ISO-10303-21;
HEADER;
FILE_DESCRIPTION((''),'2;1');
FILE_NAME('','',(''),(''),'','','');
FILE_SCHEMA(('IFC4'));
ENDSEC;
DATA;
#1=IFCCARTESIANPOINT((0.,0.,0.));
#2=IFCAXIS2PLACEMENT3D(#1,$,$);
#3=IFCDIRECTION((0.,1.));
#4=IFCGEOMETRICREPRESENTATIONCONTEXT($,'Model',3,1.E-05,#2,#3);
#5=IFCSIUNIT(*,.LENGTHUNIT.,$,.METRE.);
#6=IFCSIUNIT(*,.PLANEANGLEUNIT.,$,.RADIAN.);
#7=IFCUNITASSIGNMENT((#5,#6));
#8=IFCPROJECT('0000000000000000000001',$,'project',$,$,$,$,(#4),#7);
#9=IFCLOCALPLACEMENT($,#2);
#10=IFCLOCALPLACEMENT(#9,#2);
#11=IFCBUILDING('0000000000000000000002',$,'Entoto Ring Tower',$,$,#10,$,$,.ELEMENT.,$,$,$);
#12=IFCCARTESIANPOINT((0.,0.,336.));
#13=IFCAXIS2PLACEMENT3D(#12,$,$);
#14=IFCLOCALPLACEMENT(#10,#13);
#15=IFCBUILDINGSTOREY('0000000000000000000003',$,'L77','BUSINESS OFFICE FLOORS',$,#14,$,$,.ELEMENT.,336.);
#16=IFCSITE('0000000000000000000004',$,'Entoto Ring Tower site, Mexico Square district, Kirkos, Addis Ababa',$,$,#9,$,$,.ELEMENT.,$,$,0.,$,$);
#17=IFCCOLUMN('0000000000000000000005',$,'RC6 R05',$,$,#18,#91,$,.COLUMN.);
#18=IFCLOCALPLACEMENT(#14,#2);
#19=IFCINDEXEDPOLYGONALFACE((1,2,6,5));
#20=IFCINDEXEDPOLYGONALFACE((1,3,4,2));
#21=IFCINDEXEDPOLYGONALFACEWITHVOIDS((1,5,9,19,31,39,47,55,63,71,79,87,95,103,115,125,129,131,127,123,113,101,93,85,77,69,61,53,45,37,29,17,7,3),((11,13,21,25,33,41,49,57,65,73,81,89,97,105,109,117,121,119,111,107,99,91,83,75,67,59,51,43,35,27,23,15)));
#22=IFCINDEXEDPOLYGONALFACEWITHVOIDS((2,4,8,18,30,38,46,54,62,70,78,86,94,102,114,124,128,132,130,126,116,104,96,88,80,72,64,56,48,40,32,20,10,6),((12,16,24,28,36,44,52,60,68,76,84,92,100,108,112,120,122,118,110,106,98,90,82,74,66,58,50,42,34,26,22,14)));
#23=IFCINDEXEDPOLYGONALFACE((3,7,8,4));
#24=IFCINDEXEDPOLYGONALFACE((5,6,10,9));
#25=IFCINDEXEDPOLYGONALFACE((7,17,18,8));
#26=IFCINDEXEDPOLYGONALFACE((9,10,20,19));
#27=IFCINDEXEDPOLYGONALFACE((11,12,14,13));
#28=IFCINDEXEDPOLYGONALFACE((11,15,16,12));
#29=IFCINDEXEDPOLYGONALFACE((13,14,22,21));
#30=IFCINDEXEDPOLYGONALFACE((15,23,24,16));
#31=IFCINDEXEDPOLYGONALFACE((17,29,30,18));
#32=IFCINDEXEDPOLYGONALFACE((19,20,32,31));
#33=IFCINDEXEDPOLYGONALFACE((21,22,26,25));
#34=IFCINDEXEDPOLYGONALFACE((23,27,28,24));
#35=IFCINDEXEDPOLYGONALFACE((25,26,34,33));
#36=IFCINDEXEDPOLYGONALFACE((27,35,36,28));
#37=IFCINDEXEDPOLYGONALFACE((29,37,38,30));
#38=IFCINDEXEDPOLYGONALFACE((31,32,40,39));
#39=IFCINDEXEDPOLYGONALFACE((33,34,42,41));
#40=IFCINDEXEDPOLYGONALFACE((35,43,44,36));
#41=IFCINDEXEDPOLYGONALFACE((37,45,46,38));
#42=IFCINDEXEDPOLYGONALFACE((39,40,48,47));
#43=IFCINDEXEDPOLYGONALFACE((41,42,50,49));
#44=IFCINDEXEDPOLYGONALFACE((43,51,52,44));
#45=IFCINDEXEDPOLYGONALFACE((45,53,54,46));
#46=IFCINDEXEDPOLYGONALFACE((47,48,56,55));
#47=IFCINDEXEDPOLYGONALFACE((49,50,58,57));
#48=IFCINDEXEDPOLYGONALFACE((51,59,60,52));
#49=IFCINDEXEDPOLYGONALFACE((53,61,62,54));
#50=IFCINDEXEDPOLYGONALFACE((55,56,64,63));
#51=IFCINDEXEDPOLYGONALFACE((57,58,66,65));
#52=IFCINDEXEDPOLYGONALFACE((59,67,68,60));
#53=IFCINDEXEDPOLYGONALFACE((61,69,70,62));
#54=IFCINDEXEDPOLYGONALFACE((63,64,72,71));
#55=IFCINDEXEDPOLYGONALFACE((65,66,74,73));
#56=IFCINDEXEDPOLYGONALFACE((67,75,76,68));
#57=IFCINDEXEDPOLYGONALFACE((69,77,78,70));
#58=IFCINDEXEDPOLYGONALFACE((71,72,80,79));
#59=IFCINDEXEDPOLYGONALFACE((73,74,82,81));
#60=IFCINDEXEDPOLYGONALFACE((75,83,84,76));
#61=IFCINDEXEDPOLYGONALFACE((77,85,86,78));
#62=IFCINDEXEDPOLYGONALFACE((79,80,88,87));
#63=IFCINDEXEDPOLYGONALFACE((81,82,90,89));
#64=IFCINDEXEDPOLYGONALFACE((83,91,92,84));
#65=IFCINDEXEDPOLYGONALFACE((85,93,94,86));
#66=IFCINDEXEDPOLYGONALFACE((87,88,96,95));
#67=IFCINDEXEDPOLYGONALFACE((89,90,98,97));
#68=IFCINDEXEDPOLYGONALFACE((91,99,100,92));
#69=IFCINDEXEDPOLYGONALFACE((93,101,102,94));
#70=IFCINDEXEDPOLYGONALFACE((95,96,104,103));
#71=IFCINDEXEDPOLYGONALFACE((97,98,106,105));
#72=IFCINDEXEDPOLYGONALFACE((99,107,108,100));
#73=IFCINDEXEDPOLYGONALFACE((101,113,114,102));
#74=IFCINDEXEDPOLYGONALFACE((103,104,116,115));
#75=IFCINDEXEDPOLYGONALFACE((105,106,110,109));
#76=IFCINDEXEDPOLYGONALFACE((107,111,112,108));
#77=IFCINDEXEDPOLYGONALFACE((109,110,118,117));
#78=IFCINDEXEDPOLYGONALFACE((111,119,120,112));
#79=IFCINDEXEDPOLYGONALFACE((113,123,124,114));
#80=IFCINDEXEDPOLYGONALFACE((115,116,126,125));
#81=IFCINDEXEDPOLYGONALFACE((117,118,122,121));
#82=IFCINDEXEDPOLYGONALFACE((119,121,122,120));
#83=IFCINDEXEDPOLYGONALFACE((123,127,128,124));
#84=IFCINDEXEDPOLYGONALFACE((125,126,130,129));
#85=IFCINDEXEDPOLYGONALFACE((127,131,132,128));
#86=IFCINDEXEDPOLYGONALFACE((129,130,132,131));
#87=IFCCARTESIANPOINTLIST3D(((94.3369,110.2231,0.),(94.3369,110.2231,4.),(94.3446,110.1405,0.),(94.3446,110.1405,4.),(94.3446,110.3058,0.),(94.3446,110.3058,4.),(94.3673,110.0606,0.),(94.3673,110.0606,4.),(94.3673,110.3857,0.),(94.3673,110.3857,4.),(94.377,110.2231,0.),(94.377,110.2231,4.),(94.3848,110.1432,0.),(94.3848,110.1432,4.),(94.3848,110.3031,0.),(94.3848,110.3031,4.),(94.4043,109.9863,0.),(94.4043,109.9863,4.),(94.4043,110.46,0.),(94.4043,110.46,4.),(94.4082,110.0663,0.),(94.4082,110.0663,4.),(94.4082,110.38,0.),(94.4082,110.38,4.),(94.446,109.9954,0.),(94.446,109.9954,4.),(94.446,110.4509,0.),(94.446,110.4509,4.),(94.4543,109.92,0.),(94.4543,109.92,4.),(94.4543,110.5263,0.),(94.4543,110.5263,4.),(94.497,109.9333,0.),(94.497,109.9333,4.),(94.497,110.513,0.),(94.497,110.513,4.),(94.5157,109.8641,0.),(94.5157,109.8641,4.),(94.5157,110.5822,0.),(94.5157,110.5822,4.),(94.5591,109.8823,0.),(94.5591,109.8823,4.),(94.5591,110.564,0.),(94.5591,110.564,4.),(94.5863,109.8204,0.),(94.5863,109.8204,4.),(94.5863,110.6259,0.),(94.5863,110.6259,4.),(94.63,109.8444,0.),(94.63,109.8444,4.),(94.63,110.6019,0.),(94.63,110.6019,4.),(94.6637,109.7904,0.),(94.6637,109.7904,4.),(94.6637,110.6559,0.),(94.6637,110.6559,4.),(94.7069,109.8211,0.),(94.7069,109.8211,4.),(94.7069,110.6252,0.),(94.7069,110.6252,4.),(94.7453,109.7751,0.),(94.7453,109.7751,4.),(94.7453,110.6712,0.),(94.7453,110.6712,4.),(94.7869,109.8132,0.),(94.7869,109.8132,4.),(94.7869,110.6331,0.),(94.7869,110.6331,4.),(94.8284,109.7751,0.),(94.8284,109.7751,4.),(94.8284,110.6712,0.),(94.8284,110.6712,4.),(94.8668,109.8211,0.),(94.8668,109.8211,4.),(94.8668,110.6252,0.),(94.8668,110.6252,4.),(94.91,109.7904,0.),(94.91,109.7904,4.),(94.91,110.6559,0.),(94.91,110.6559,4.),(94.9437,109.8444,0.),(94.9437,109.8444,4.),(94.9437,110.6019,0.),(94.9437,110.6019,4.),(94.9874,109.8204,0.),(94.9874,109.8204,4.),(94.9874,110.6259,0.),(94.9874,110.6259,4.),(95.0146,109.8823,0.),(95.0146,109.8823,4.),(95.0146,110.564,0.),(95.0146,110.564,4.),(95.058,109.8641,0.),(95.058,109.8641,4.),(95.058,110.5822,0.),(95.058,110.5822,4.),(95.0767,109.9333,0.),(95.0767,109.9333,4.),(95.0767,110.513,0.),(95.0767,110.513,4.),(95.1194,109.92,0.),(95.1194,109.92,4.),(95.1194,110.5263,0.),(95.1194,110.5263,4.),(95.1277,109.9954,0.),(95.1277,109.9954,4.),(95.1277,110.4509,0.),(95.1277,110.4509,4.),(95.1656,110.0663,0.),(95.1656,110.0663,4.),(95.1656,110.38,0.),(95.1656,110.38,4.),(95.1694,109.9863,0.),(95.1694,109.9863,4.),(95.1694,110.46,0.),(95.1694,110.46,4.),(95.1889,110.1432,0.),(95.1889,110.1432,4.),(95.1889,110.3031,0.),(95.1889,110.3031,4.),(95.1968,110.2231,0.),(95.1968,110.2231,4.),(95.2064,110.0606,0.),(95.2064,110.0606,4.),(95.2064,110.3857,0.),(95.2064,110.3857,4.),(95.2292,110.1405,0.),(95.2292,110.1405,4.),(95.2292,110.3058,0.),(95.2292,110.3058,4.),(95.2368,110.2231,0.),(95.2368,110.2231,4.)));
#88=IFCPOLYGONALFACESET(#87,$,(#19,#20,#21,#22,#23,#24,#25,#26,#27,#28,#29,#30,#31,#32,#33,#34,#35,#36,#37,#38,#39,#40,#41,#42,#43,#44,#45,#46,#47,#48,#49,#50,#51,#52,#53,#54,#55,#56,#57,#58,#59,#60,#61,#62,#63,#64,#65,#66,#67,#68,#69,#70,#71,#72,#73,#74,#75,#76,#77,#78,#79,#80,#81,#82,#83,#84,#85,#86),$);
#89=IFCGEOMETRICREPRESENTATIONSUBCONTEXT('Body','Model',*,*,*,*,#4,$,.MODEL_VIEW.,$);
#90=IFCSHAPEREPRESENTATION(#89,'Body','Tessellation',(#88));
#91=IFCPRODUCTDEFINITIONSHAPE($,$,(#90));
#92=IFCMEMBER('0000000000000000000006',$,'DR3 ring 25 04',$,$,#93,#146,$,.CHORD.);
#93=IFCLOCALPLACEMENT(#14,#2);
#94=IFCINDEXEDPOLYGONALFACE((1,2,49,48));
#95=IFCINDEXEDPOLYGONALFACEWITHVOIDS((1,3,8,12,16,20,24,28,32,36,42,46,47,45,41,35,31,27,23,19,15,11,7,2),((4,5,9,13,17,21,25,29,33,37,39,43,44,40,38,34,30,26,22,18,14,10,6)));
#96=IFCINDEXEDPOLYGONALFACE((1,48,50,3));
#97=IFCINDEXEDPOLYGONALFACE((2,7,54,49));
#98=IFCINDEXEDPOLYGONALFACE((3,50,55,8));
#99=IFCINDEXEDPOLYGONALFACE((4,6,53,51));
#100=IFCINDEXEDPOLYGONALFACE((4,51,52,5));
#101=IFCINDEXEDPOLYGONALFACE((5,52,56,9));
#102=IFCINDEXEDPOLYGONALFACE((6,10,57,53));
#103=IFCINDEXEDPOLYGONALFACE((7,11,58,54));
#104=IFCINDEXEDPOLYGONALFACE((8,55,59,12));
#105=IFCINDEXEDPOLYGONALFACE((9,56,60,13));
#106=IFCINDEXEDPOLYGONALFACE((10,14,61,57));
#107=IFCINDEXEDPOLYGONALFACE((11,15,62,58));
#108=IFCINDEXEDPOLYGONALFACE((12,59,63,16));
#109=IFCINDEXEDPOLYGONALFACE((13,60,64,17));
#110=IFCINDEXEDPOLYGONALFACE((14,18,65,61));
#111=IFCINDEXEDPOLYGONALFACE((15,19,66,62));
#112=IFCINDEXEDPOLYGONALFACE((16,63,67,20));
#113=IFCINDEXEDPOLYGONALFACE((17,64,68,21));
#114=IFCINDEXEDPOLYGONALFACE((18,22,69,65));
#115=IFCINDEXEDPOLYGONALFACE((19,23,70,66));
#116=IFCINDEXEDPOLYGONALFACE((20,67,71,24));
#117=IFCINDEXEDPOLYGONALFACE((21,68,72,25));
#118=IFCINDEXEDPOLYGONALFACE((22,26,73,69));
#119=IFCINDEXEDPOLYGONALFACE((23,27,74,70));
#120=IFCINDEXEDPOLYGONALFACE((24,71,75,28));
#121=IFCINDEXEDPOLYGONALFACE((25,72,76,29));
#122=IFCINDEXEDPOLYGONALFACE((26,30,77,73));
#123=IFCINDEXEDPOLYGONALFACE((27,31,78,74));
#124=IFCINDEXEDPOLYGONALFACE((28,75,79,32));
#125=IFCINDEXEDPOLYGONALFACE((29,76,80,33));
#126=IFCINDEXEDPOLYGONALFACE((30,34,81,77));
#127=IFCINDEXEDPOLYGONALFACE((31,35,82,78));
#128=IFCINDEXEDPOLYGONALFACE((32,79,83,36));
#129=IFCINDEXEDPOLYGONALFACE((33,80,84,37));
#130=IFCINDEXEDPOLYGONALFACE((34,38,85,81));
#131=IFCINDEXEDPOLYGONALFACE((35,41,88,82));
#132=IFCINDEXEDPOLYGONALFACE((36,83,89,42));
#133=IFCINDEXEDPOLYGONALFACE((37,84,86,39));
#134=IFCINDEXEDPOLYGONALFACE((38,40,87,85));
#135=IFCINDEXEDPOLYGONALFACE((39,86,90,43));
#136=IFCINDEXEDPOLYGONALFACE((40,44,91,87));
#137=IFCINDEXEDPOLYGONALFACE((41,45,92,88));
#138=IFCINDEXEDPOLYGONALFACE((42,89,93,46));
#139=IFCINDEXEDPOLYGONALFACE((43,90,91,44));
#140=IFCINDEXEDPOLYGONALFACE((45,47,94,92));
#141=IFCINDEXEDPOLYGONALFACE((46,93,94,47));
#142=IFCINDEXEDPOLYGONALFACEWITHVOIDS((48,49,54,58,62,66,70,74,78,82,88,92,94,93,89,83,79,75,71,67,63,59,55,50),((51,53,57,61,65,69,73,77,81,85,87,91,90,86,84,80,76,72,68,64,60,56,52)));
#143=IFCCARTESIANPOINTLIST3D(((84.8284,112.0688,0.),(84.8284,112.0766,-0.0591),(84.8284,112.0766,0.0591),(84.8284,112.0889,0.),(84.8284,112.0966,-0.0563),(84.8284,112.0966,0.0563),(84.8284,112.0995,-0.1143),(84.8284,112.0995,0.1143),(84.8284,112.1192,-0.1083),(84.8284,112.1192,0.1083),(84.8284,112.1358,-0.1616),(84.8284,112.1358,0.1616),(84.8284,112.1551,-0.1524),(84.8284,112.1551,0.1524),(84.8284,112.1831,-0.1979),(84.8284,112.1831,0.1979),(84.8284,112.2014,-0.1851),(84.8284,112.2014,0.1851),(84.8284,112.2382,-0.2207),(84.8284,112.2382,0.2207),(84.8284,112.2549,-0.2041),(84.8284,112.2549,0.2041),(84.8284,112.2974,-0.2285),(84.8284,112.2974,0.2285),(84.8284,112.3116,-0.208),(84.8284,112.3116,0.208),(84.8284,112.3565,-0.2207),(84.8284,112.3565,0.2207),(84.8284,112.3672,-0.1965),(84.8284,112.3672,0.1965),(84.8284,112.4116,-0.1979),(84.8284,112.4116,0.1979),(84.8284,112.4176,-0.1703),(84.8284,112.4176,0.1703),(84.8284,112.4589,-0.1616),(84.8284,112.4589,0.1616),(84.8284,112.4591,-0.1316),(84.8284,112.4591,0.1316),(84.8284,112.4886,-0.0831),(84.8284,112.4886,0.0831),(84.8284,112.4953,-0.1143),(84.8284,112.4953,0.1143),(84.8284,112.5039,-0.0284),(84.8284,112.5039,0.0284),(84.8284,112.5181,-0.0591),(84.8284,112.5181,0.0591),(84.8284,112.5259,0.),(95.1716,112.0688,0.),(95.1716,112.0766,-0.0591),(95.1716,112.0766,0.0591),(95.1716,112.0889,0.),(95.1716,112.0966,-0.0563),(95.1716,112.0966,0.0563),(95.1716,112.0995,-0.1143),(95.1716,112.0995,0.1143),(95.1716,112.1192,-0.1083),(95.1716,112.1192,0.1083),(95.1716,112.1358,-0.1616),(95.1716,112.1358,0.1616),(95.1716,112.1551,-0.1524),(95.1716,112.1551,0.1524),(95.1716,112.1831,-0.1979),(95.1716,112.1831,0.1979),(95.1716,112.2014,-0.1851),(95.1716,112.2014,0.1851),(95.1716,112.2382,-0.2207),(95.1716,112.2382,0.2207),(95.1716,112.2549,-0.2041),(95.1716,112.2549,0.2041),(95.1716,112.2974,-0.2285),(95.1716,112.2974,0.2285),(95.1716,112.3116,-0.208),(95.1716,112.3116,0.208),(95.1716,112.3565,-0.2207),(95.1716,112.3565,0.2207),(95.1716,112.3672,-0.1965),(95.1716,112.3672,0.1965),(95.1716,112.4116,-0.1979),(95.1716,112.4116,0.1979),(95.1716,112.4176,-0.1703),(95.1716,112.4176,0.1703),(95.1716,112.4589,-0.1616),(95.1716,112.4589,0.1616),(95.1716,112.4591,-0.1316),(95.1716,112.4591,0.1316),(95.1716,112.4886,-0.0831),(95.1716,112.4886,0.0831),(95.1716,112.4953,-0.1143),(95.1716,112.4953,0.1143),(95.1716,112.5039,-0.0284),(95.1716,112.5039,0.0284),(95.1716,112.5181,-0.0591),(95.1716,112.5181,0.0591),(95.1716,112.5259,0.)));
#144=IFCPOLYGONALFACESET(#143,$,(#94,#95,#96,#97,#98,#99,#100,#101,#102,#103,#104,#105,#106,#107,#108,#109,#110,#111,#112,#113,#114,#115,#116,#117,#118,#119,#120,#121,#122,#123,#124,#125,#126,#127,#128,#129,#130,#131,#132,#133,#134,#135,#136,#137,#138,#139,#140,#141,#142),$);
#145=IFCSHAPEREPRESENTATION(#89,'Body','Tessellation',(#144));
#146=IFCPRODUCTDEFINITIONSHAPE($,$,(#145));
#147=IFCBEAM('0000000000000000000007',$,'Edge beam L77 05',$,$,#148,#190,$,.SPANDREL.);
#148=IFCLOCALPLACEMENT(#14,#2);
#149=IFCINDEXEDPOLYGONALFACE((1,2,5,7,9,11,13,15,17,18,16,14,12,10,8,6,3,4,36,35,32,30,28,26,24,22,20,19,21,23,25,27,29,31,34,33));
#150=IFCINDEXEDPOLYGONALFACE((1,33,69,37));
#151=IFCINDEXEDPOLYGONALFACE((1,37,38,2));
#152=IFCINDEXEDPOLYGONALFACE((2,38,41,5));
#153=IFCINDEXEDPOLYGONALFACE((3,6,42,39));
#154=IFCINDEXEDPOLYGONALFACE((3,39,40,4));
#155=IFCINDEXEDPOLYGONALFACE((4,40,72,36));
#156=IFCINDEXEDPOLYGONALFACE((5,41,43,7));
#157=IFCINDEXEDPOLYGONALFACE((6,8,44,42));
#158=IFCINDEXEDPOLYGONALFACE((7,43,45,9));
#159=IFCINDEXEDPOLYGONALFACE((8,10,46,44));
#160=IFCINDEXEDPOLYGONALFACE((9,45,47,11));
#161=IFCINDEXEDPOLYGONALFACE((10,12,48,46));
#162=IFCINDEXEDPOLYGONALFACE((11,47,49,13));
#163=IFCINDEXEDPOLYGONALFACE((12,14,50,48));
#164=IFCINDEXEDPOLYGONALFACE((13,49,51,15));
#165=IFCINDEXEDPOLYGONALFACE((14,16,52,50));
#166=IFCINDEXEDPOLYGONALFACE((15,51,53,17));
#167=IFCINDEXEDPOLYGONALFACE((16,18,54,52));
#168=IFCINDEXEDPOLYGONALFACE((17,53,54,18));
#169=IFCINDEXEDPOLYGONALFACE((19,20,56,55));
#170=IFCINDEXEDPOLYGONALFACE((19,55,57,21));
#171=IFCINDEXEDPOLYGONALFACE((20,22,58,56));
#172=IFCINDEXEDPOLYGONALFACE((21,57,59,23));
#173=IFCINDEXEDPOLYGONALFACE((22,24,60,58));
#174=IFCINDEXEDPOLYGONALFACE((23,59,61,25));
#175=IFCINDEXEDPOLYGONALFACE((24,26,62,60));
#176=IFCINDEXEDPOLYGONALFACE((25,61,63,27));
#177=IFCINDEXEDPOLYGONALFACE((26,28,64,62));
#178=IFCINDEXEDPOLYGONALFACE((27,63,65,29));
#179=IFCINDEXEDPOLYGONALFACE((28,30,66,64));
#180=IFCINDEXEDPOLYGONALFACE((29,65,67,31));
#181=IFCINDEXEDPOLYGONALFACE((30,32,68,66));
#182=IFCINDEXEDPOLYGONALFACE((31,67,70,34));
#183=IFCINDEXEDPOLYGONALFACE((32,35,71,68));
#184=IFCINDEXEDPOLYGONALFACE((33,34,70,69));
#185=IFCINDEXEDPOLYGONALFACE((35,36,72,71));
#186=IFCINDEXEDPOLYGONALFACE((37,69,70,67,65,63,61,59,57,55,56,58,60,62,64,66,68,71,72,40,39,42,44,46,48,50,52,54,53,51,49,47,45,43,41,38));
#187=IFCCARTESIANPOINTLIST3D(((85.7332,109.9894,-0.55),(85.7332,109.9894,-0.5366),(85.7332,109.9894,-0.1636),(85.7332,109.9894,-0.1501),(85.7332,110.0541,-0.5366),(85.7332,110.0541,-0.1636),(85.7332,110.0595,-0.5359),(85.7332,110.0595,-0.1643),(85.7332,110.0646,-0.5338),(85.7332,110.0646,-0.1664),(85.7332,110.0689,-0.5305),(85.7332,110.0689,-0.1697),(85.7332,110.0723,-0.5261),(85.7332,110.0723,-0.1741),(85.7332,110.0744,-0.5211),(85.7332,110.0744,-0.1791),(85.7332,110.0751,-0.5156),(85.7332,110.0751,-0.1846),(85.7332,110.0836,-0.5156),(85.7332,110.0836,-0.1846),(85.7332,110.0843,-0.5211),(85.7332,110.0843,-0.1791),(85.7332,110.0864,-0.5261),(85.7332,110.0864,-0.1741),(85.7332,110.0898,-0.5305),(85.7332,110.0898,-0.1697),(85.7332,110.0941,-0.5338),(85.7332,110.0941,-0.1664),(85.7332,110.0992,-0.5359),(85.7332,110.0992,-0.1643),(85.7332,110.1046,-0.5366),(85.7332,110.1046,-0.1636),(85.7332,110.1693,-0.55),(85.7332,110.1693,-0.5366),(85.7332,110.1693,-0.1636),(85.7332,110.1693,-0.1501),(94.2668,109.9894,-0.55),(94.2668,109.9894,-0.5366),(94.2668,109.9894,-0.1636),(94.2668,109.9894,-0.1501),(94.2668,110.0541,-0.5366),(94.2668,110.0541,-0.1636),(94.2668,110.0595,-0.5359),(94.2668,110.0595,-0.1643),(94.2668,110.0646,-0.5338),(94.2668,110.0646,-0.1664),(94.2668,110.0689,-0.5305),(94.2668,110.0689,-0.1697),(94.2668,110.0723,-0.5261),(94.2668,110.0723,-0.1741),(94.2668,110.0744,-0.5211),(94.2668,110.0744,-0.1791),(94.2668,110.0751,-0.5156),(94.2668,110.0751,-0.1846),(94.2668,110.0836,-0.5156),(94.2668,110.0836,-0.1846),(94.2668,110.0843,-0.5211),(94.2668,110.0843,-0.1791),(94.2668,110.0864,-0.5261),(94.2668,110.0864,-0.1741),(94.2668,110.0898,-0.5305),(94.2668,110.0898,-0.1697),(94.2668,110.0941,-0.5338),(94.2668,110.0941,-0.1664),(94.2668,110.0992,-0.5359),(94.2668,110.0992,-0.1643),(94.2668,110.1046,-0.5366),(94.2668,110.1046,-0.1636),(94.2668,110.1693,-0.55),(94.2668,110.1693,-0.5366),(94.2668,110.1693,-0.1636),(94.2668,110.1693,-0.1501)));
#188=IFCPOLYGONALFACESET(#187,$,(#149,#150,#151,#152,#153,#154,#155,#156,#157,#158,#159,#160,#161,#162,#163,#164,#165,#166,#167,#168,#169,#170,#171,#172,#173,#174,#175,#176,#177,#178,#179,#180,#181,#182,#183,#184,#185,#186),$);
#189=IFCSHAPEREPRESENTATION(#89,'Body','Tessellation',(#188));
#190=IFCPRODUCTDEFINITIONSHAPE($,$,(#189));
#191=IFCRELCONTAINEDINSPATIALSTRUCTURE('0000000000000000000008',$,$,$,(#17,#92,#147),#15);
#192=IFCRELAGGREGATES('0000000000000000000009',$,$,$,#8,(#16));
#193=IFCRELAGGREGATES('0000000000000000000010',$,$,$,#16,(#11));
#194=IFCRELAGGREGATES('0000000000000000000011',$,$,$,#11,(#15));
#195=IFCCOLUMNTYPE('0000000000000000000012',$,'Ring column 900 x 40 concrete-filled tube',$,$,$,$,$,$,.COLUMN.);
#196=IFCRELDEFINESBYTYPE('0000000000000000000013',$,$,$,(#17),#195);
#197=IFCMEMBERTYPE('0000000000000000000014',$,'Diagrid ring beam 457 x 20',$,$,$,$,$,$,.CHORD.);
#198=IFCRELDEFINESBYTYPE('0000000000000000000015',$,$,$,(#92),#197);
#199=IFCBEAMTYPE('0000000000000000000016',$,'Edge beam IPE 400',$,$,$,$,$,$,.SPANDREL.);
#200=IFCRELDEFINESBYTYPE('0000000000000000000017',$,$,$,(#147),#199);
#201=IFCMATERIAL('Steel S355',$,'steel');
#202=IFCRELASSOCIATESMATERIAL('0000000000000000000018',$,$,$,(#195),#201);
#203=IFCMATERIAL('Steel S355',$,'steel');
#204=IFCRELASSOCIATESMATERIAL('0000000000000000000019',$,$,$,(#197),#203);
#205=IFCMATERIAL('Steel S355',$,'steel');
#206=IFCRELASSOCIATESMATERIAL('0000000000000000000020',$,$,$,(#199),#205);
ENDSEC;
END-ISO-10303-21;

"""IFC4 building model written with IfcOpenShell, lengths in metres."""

from ifc_helpers import new_model, si_unit, direction, frame, origin, origin_2d, place, context, subcontext, project, spatial, circle, hollow_circle, i_section, extrude, material, material_profile, profile_set, type_object, element, save


model = new_model("IFC4")

# Units and contexts
model_context = context("Model", 3, precision=1e-05, world=origin(), true_north=direction((0.0, 1.0)))
body_context = subcontext(model_context, "Body", "Model", "MODEL_VIEW")
ifc_project = project(units=[si_unit("LENGTHUNIT", "METRE"), si_unit("PLANEANGLEUNIT", "RADIAN")], contexts=[model_context])

# Site, building, storey
site_placement = place(None, origin())
site = spatial("IfcSite", under=ifc_project, at=site_placement, Name="Entoto Ring Tower site, Mexico Square district, Kirkos, Addis Ababa", CompositionType="ELEMENT", RefElevation=0.0)
building_placement = place(site_placement, origin())
building = spatial("IfcBuilding", under=site, at=building_placement, Name="Entoto Ring Tower", CompositionType="ELEMENT")
storey_placement = place(building_placement, frame((0.0, 0.0, 336.0)))
storey = spatial("IfcBuildingStorey", under=building, at=storey_placement, Name="L77", Description="BUSINESS OFFICE FLOORS", CompositionType="ELEMENT", Elevation=336.0)

# Column
ifc_material_1 = material(Name="Steel S355", Category="steel")
ifc_material_profile_1 = material_profile(ifc_material_1, hollow_circle(Radius=0.45, WallThickness=0.04, at=origin_2d()), Name="CHS 900 x 40")
ifc_material_2 = material(Name="Concrete C60/75", Category="concrete")
ifc_material_profile_2 = material_profile(ifc_material_2, circle(Radius=0.4099, at=origin_2d()), Name="Concrete C60/75 infill")
ifc_profile_set_1 = profile_set([ifc_material_profile_1, ifc_material_profile_2], Name="Steel S355")
column_type = type_object("IfcColumnType", Name="Ring column 900 x 40 concrete-filled tube", PredefinedType="COLUMN", material=ifc_profile_set_1)
column_placement = place(storey_placement, frame((94.7869, 110.2231, 0.0), z_axis=(0.0, 0.0, 1.0), x_axis=(1.0, 0.0, 0.0)))
element("IfcColumn", 1, at=column_placement, inside=storey, type_object=column_type, Name="RC6 R05", PredefinedType="COLUMN", context=body_context, shape_type="SweptSolid", body=[
    extrude(hollow_circle(Radius=0.45, WallThickness=0.04, at=origin_2d()), origin(), (0.0, 0.0, 1.0), 4.0),
])

# Member
ifc_material_3 = material(Name="Steel S355", Category="steel")
ifc_material_profile_3 = material_profile(ifc_material_3, hollow_circle(Radius=0.2285, WallThickness=0.02, at=origin_2d()), Name="CHS 457 x 20")
ifc_material_4 = material(Name="Concrete C60/75", Category="concrete")
ifc_material_profile_4 = material_profile(ifc_material_4, circle(Radius=0.2085, at=origin_2d()), Name="Concrete C60/75 infill")
ifc_profile_set_2 = profile_set([ifc_material_profile_3, ifc_material_profile_4], Name="Steel S355")
member_type = type_object("IfcMemberType", Name="Diagrid ring beam 457 x 20", PredefinedType="CHORD", material=ifc_profile_set_2)
member_placement = place(storey_placement, frame((95.1716, 112.2974, 0.0), z_axis=(-1.0, 0.0, 0.0), x_axis=(0.0, -1.0, 0.0)))
element("IfcMember", 2, at=member_placement, inside=storey, type_object=member_type, Name="DR3 ring 25 04", PredefinedType="CHORD", context=body_context, shape_type="SweptSolid", body=[
    extrude(hollow_circle(Radius=0.2285, WallThickness=0.02, at=origin_2d()), origin(), (0.0, 0.0, 1.0), 10.3433),
])

# Beam
ifc_material_5 = material(Name="Steel S355", Category="steel")
ifc_material_profile_5 = material_profile(ifc_material_5, i_section(OverallWidth=0.1799, OverallDepth=0.3999, WebThickness=0.0085, FlangeThickness=0.0134, FilletRadius=0.021, at=origin_2d()), Name="IPE 400")
ifc_profile_set_3 = profile_set([ifc_material_profile_5], Name="Steel S355")
beam_type_1 = type_object("IfcBeamType", Name="Edge beam IPE 400", PredefinedType="SPANDREL", material=ifc_profile_set_3)
beam_1_placement = place(storey_placement, frame((94.2668, 110.0793, -0.3501), z_axis=(-1.0, 0.0, 0.0), x_axis=(0.0, -1.0, 0.0)))
element("IfcBeam", 3, at=beam_1_placement, inside=storey, type_object=beam_type_1, Name="Edge beam L77 05", PredefinedType="SPANDREL", context=body_context, shape_type="SweptSolid", body=[
    extrude(i_section(OverallWidth=0.1799, OverallDepth=0.3999, WebThickness=0.0085, FlangeThickness=0.0134, FilletRadius=0.021, at=origin_2d()), origin(), (0.0, 0.0, 1.0), 8.5337),
])

save(model, "model.ifc")
